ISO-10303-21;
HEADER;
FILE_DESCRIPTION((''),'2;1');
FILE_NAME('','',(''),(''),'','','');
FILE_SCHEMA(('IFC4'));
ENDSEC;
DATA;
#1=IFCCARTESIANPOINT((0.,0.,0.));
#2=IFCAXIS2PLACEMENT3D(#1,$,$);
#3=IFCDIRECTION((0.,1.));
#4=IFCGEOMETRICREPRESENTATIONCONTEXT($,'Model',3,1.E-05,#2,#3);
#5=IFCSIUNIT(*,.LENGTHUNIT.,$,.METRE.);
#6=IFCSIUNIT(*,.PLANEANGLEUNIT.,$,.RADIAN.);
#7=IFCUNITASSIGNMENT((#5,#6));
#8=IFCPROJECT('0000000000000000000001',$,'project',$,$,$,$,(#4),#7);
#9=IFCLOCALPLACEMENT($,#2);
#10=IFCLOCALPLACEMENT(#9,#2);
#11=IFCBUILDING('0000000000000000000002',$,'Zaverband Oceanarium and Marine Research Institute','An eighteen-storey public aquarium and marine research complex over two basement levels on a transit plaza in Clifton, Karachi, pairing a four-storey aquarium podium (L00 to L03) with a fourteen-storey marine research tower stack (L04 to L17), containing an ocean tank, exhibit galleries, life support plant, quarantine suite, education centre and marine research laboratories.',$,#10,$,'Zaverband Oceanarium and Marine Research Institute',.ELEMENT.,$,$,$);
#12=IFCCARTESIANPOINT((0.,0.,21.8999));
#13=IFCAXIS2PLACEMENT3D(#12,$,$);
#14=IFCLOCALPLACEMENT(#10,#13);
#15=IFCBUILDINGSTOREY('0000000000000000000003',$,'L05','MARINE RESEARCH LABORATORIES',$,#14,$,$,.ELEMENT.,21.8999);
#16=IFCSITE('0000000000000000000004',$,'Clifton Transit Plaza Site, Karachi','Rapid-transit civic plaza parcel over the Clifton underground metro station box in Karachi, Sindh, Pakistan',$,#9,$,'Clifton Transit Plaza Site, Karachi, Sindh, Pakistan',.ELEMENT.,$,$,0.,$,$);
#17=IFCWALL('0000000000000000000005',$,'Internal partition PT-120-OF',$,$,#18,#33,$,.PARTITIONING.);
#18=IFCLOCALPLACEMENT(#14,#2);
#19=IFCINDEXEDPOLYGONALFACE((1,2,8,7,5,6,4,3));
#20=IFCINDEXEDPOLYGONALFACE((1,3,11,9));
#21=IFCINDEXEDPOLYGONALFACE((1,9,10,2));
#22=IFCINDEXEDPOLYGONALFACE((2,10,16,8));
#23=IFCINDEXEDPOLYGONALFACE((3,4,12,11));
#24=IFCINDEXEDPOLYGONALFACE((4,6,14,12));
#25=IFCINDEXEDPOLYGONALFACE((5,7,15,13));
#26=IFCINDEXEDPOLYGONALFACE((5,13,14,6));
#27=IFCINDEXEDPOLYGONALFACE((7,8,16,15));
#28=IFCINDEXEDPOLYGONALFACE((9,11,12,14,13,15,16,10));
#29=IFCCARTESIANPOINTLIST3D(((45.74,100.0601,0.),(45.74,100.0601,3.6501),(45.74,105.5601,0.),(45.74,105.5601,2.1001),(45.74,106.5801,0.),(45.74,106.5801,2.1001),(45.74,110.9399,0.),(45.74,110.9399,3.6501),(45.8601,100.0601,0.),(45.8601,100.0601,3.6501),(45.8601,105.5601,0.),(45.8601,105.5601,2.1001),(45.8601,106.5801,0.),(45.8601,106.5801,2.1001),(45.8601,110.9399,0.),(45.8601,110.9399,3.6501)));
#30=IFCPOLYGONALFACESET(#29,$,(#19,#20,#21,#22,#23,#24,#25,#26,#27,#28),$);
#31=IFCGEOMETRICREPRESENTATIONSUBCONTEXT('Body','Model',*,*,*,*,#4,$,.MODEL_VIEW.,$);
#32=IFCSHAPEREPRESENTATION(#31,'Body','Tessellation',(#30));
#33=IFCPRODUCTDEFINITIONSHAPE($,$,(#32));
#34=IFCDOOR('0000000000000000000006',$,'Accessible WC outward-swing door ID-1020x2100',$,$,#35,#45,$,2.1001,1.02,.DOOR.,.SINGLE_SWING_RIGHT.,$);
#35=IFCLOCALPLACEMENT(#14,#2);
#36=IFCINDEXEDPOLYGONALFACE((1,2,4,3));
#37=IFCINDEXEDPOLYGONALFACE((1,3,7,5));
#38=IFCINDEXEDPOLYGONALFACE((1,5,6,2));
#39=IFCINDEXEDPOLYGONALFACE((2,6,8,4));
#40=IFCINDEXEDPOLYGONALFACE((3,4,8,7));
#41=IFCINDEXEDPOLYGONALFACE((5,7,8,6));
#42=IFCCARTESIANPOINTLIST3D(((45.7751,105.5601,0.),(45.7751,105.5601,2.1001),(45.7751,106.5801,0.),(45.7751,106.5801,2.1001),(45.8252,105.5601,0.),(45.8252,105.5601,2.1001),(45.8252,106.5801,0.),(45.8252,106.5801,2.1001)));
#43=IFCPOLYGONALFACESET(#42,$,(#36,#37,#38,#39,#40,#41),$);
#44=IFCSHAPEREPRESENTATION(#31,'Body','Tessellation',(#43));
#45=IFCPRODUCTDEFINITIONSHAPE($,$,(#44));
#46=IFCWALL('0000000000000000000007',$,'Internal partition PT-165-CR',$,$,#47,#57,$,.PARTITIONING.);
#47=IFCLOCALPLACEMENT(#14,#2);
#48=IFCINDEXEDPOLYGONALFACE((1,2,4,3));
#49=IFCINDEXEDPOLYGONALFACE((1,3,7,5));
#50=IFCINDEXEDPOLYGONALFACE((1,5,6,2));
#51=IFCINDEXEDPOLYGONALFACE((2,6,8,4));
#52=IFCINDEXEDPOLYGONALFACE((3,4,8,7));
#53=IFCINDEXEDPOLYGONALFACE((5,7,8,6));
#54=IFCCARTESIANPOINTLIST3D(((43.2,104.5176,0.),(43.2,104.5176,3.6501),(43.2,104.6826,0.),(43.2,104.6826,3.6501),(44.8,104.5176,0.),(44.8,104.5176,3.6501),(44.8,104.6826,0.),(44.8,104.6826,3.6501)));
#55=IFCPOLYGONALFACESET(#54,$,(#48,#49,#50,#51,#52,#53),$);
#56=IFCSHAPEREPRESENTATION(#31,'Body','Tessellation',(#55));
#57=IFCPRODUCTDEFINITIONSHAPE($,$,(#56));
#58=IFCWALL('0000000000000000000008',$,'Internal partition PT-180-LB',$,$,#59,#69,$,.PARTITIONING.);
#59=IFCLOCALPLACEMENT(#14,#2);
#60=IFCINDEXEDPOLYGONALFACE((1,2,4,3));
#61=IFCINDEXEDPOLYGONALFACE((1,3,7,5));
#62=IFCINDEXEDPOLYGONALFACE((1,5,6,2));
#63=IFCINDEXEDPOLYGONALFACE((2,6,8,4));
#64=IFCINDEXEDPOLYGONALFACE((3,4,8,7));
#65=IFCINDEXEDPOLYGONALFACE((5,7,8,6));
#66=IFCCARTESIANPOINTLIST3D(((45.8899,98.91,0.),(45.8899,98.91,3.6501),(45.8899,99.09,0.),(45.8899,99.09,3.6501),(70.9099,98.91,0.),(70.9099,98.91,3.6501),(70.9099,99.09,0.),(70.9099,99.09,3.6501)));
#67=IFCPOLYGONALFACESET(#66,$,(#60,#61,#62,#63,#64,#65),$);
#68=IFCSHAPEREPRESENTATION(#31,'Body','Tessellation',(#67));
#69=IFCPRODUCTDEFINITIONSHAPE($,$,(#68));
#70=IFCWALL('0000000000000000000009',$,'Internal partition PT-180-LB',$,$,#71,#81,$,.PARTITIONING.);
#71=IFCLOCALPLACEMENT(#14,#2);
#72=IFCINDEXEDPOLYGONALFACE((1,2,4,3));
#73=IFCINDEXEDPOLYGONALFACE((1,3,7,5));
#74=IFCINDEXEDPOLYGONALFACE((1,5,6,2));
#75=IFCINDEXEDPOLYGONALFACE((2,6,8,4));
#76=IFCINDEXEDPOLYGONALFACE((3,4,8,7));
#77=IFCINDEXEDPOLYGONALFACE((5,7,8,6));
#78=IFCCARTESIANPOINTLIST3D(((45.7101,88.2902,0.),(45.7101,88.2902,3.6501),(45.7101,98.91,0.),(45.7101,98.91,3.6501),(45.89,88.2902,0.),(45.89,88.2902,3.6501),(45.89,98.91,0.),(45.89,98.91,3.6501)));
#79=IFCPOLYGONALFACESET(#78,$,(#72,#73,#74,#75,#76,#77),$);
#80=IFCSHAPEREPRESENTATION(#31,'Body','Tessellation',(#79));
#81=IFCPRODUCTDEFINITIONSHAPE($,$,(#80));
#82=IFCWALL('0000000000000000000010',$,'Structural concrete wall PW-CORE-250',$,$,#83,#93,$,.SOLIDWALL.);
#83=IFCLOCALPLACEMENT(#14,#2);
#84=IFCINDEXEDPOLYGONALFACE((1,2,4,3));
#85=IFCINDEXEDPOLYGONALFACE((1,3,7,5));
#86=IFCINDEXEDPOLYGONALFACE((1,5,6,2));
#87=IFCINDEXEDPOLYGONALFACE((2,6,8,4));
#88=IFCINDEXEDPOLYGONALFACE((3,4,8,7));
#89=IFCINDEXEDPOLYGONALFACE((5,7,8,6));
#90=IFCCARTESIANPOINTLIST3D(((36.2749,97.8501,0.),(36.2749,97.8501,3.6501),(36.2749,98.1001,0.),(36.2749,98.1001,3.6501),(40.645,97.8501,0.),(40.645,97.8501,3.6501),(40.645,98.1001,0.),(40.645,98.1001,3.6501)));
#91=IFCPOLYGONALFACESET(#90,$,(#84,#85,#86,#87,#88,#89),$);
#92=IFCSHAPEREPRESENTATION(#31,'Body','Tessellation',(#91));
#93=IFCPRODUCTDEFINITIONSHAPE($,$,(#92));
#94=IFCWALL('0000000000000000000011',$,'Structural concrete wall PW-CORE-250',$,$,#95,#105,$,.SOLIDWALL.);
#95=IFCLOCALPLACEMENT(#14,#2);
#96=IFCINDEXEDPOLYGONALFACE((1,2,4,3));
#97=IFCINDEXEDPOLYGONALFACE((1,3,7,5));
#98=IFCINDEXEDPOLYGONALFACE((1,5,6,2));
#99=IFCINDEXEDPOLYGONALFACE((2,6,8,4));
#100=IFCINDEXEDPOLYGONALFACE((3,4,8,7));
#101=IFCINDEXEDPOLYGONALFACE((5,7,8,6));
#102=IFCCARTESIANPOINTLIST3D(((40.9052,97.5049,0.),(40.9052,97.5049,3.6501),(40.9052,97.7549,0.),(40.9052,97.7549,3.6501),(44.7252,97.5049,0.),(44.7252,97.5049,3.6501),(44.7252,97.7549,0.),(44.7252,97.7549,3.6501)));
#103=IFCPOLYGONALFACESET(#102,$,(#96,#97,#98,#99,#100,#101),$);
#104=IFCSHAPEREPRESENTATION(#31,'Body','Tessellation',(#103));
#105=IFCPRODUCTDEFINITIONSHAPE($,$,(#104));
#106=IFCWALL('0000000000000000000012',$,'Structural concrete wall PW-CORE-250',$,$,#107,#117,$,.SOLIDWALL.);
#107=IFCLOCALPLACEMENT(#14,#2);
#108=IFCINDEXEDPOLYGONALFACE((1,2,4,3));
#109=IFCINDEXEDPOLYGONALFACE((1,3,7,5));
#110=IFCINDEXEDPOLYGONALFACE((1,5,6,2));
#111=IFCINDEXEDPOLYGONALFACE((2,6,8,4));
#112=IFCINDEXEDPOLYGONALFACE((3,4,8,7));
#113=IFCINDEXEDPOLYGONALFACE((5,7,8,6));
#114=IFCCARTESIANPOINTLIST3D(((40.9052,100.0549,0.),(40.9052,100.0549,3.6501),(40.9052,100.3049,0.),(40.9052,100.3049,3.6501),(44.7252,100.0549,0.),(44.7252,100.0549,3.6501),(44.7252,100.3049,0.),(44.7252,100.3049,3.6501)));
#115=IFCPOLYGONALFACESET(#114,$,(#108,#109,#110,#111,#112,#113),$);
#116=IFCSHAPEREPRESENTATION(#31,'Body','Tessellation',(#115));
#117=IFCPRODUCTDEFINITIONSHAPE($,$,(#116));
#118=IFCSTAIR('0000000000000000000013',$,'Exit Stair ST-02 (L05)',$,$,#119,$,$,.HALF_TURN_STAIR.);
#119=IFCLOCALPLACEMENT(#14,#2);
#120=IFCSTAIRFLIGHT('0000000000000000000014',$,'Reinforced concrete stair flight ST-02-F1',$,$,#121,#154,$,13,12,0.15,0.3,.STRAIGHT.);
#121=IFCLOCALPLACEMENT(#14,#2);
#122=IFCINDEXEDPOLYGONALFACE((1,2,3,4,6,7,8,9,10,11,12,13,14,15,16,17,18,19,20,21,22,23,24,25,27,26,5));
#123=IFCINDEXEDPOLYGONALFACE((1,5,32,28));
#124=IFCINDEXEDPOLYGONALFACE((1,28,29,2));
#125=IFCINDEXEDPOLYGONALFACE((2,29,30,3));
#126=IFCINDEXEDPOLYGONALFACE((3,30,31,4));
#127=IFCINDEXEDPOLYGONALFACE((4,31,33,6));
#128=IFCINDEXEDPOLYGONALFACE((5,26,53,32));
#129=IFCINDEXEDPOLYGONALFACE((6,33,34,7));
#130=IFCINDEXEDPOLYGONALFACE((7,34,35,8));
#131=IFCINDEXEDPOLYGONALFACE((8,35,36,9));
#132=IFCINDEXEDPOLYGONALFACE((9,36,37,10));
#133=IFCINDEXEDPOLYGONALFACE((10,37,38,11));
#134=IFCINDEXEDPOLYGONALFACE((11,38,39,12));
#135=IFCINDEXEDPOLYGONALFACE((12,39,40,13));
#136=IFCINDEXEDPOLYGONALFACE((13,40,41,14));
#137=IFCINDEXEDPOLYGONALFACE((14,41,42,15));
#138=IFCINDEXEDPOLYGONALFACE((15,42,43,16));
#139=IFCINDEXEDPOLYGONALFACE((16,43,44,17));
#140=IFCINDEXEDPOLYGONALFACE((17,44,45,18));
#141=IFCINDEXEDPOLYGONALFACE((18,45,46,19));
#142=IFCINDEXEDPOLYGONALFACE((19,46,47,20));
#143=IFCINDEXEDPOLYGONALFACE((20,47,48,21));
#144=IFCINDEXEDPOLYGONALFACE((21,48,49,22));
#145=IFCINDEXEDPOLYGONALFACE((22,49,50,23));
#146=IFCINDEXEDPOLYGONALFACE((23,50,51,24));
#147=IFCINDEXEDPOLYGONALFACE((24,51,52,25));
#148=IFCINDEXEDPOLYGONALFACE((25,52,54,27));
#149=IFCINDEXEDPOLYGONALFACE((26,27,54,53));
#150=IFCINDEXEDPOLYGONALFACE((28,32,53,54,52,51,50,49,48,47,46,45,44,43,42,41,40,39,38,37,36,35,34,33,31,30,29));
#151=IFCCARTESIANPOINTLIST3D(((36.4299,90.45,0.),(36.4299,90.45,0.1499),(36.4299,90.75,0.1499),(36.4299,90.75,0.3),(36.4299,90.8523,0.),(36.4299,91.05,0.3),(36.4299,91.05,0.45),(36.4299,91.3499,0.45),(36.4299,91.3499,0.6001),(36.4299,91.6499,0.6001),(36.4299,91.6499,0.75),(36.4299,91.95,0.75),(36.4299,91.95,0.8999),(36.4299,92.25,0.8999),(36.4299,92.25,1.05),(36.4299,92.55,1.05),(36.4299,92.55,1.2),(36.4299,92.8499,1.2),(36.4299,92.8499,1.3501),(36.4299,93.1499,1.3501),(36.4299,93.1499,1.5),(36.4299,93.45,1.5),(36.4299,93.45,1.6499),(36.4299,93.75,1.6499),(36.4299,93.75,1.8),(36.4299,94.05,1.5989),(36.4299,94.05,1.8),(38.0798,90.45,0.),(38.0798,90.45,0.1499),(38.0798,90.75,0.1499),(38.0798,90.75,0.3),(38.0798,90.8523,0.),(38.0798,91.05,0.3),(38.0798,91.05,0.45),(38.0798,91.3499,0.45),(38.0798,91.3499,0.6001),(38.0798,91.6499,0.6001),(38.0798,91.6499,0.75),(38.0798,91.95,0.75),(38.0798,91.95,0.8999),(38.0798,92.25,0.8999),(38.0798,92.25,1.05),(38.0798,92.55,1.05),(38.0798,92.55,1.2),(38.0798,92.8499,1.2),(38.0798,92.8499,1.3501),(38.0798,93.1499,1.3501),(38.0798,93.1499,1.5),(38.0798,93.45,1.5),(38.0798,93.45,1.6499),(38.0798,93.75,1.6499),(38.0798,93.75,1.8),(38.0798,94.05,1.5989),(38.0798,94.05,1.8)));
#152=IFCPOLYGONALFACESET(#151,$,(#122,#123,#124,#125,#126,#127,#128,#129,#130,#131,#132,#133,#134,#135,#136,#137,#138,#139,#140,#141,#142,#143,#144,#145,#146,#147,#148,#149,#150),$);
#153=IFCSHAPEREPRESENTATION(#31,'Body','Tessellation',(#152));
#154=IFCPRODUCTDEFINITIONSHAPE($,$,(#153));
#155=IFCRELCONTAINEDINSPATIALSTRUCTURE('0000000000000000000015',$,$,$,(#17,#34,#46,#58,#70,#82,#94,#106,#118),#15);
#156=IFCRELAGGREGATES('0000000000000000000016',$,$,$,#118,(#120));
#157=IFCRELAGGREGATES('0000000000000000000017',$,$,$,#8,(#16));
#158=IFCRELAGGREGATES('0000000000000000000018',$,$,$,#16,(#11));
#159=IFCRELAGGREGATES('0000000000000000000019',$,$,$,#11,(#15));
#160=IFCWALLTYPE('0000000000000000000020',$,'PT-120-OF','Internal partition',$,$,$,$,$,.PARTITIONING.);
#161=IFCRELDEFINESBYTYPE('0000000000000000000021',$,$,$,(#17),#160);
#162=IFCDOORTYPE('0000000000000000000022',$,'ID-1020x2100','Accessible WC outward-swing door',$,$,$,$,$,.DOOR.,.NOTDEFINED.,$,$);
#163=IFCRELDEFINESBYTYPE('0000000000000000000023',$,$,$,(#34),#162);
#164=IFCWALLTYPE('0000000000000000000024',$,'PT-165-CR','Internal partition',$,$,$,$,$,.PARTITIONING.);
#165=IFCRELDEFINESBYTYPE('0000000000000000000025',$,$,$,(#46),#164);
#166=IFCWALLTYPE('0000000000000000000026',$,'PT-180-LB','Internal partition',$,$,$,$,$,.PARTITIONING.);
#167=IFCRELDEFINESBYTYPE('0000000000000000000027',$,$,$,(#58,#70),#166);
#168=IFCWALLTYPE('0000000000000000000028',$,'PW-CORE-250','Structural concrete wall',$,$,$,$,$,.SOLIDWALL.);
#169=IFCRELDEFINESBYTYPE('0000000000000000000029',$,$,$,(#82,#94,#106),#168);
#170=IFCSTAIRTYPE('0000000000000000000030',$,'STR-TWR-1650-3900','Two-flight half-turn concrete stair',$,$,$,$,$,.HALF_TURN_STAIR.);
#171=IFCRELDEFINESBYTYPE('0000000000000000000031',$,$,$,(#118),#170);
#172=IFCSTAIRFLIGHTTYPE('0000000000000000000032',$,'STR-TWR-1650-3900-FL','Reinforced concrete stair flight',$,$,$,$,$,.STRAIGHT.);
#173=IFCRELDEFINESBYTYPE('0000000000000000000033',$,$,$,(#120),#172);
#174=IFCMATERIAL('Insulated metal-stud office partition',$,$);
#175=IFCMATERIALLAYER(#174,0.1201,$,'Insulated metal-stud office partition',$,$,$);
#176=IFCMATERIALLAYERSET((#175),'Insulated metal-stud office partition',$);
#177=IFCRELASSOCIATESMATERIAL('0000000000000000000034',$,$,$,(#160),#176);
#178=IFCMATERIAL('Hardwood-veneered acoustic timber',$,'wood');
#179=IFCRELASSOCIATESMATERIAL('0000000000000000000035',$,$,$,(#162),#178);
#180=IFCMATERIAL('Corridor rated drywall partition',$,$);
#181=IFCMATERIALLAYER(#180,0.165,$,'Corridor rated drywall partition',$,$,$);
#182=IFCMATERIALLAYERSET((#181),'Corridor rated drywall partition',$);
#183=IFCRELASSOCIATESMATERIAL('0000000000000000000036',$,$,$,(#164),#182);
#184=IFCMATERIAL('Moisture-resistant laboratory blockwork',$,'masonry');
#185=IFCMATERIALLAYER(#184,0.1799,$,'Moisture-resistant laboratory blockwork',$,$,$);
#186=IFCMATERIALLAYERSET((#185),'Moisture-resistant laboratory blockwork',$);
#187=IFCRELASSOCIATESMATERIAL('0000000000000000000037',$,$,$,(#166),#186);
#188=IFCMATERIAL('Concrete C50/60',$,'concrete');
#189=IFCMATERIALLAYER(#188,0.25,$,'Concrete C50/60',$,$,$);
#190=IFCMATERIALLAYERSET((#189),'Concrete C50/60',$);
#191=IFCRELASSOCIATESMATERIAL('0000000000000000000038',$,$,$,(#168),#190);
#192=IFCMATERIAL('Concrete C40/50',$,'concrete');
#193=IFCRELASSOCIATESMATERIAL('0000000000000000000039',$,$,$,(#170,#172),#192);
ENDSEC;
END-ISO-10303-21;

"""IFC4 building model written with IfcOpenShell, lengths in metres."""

from ifc_helpers import new_model, si_unit, direction, frame, frame_2d, origin, place, context, subcontext, project, spatial, polyline, rectangle, outline, extrude, material, layer, layer_set, type_object, element, fill, aggregate, save


model = new_model("IFC4")

# Units and contexts
model_context = context("Model", 3, precision=1e-05, world=origin(), true_north=direction((0.0, 1.0)))
body_context = subcontext(model_context, "Body", "Model", "MODEL_VIEW")
ifc_project = project(units=[si_unit("LENGTHUNIT", "METRE"), si_unit("PLANEANGLEUNIT", "RADIAN")], contexts=[model_context])

# Site, building, storey
site_placement = place(None, origin())
site = spatial("IfcSite", under=ifc_project, at=site_placement, Name="Clifton Transit Plaza Site, Karachi", Description="Rapid-transit civic plaza parcel over the Clifton underground metro station box in Karachi, Sindh, Pakistan", LongName="Clifton Transit Plaza Site, Karachi, Sindh, Pakistan", CompositionType="ELEMENT", RefElevation=0.0)
building_placement = place(site_placement, origin())
building = spatial("IfcBuilding", under=site, at=building_placement, Name="Zaverband Oceanarium and Marine Research Institute", Description="An eighteen-storey public aquarium and marine research complex over two basement levels on a transit plaza in Clifton, Karachi, pairing a four-storey aquarium podium (L00 to L03) with a fourteen-storey marine research tower stack (L04 to L17), containing an ocean tank, exhibit galleries, life support plant, quarantine suite, education centre and marine research laboratories.", LongName="Zaverband Oceanarium and Marine Research Institute", CompositionType="ELEMENT")
storey_placement = place(building_placement, frame((0.0, 0.0, 21.8999)))
storey = spatial("IfcBuildingStorey", under=building, at=storey_placement, Name="L05", Description="MARINE RESEARCH LABORATORIES", CompositionType="ELEMENT", Elevation=21.8999)

# Shared definitions
ifc_material_1 = material(Name="Concrete C50/60", Category="concrete")

# Shared definitions
ifc_material_2 = material(Name="Concrete C40/50", Category="concrete")

# Shared definitions
ifc_material_3 = material(Name="Insulated metal-stud office partition")
ifc_layer_1 = layer(ifc_material_3, 0.1201, Name="Insulated metal-stud office partition")
ifc_layer_set_1 = layer_set([ifc_layer_1], Name="Insulated metal-stud office partition")
wall_type_1 = type_object("IfcWallType", Name="PT-120-OF", Description="Internal partition", PredefinedType="PARTITIONING", material=ifc_layer_set_1)

# Wall, opening, door
wall_1_placement = place(storey_placement, frame((45.8, 100.0601, 0.0), z_axis=(0.0, 0.0, 1.0), x_axis=(0.0, 1.0, 0.0)))
wall_1 = element("IfcWall", 1, at=wall_1_placement, inside=storey, type_object=wall_type_1, Name="Internal partition PT-120-OF", PredefinedType="PARTITIONING", context=body_context, shape_type="SweptSolid", body=[
    extrude(rectangle(XDim=10.8799, YDim=0.1201, at=frame_2d((5.4399, 0.0))), origin(), (0.0, 0.0, 1.0), 3.6501),
])
opening_1_placement = place(wall_1_placement, frame((5.5, 0.0, 0.0)))
opening_1 = element("IfcOpeningElement", 2, at=opening_1_placement, cuts=wall_1, PredefinedType="OPENING", context=body_context, shape_type="SweptSolid", body=[
    extrude(rectangle(XDim=1.02, YDim=2.1001, at=frame_2d((0.51, 1.05))), frame((0.0, 0.072, 0.0), z_axis=(0.0, -1.0, 0.0), x_axis=(1.0, 0.0, 0.0)), (0.0, 0.0, 1.0), 0.144),
])
ifc_material_4 = material(Name="Hardwood-veneered acoustic timber", Category="wood")
door_type_1 = type_object("IfcDoorType", Name="ID-1020x2100", Description="Accessible WC outward-swing door", OperationType="NOTDEFINED", PredefinedType="DOOR", material=ifc_material_4)
door_1_placement = place(opening_1_placement, origin())
door_1 = element("IfcDoor", 3, at=door_1_placement, inside=storey, type_object=door_type_1, Name="Accessible WC outward-swing door ID-1020x2100", OperationType="SINGLE_SWING_RIGHT", OverallHeight=2.1001, OverallWidth=1.02, PredefinedType="DOOR", context=body_context, shape_type="SweptSolid", body=[
    extrude(rectangle(XDim=1.02, YDim=2.1001, at=frame_2d((0.51, 1.05))), frame((0.0, 0.0249, 0.0), z_axis=(0.0, -1.0, 0.0), x_axis=(1.0, 0.0, 0.0)), (0.0, 0.0, 1.0), 0.05),
])
fill(opening_1, door_1)

# Walls
ifc_material_5 = material(Name="Corridor rated drywall partition")
ifc_layer_2 = layer(ifc_material_5, 0.165, Name="Corridor rated drywall partition")
ifc_layer_set_2 = layer_set([ifc_layer_2], Name="Corridor rated drywall partition")
wall_type_2 = type_object("IfcWallType", Name="PT-165-CR", Description="Internal partition", PredefinedType="PARTITIONING", material=ifc_layer_set_2)
wall_2_placement = place(storey_placement, frame((43.2, 104.6001, 0.0), z_axis=(0.0, 0.0, 1.0), x_axis=(1.0, 0.0, 0.0)))
element("IfcWall", 4, at=wall_2_placement, inside=storey, type_object=wall_type_2, Name="Internal partition PT-165-CR", PredefinedType="PARTITIONING", context=body_context, shape_type="SweptSolid", body=[
    extrude(rectangle(XDim=1.6001, YDim=0.165, at=frame_2d((0.8, 0.0))), origin(), (0.0, 0.0, 1.0), 3.6501),
])
ifc_material_6 = material(Name="Moisture-resistant laboratory blockwork", Category="masonry")
ifc_layer_3 = layer(ifc_material_6, 0.1799, Name="Moisture-resistant laboratory blockwork")
ifc_layer_set_3 = layer_set([ifc_layer_3], Name="Moisture-resistant laboratory blockwork")
wall_type_3 = type_object("IfcWallType", Name="PT-180-LB", Description="Internal partition", PredefinedType="PARTITIONING", material=ifc_layer_set_3)
wall_3_placement = place(storey_placement, frame((45.8899, 99.0, 0.0), z_axis=(0.0, 0.0, 1.0), x_axis=(1.0, 0.0, 0.0)))
element("IfcWall", 5, at=wall_3_placement, inside=storey, type_object=wall_type_3, Name="Internal partition PT-180-LB", PredefinedType="PARTITIONING", context=body_context, shape_type="SweptSolid", body=[
    extrude(rectangle(XDim=25.02, YDim=0.1799, at=frame_2d((12.51, 0.0))), origin(), (0.0, 0.0, 1.0), 3.6501),
])
wall_4_placement = place(storey_placement, frame((45.8, 88.29, 0.0), z_axis=(0.0, 0.0, 1.0), x_axis=(0.0, 1.0, 0.0)))
element("IfcWall", 6, at=wall_4_placement, inside=storey, type_object=wall_type_3, Name="Internal partition PT-180-LB", PredefinedType="PARTITIONING", context=body_context, shape_type="SweptSolid", body=[
    extrude(rectangle(XDim=10.6199, YDim=0.1799, at=frame_2d((5.3101, 0.0))), origin(), (0.0, 0.0, 1.0), 3.6501),
])
ifc_layer_4 = layer(ifc_material_1, 0.25, Name="Concrete C50/60")
ifc_layer_set_4 = layer_set([ifc_layer_4], Name="Concrete C50/60")
wall_type_4 = type_object("IfcWallType", Name="PW-CORE-250", Description="Structural concrete wall", PredefinedType="SOLIDWALL", material=ifc_layer_set_4)
wall_5_placement = place(storey_placement, frame((36.2749, 97.9751, 0.0), z_axis=(0.0, 0.0, 1.0), x_axis=(1.0, 0.0, 0.0)))
element("IfcWall", 7, at=wall_5_placement, inside=storey, type_object=wall_type_4, Name="Structural concrete wall PW-CORE-250", PredefinedType="SOLIDWALL", context=body_context, shape_type="SweptSolid", body=[
    extrude(rectangle(XDim=4.3701, YDim=0.25, at=frame_2d((2.1851, 0.0))), origin(), (0.0, 0.0, 1.0), 3.6501),
])

# Walls
for number, where, z_axis, x_axis, name in (
    (8, (40.905, 97.6299, 0.0), (0.0, 0.0, 1.0), (1.0, 0.0, 0.0), "Structural concrete wall PW-CORE-250"),
    (9, (40.905, 100.1799, 0.0), (0.0, 0.0, 1.0), (1.0, 0.0, 0.0), "Structural concrete wall PW-CORE-250"),
):
    element("IfcWall", number, at=place(storey_placement, frame(where, z_axis=z_axis, x_axis=x_axis)), inside=storey, type_object=wall_type_4, Name=name, PredefinedType="SOLIDWALL", context=body_context, shape_type="SweptSolid", body=[
        extrude(rectangle(XDim=3.8201, YDim=0.25, at=frame_2d((1.9102, 0.0))), origin(), (0.0, 0.0, 1.0), 3.6501),
    ])

# Stair, stair flight
stair_type = type_object("IfcStairType", Name="STR-TWR-1650-3900", Description="Two-flight half-turn concrete stair", PredefinedType="HALF_TURN_STAIR", material=ifc_material_2)
stair_placement = place(storey_placement, origin())
stair = element("IfcStair", 10, at=stair_placement, inside=storey, type_object=stair_type, Name="Exit Stair ST-02 (L05)", PredefinedType="HALF_TURN_STAIR")
stair_flight_type = type_object("IfcStairFlightType", Name="STR-TWR-1650-3900-FL", Description="Reinforced concrete stair flight", PredefinedType="STRAIGHT", material=ifc_material_2)
stair_flight_1_placement = place(storey_placement, frame((37.2549, 90.45, 0.0), z_axis=(0.0, 0.0, 1.0), x_axis=(0.0, 1.0, 0.0)))
stair_flight_1 = element("IfcStairFlight", 11, at=stair_flight_1_placement, type_object=stair_flight_type, Name="Reinforced concrete stair flight ST-02-F1", NumberOfRisers=13, NumberOfTreads=12, PredefinedType="STRAIGHT", RiserHeight=0.15, TreadLength=0.3, context=body_context, shape_type="SweptSolid", body=[
    extrude(outline(polyline([(0.0, 0.0), (0.0, 0.1499), (0.3, 0.1499), (0.3, 0.3), (0.6001, 0.3), (0.6001, 0.45), (0.8999, 0.45), (0.8999, 0.6001), (1.2, 0.6001), (1.2, 0.75), (1.5, 0.75), (1.5, 0.8999), (1.8, 0.8999), (1.8, 1.05), (2.1001, 1.05), (2.1001, 1.2), (2.3999, 1.2), (2.3999, 1.3501), (2.7, 1.3501), (2.7, 1.5), (3.0, 1.5), (3.0, 1.6499), (3.3, 1.6499), (3.3, 1.8), (3.6001, 1.8), (3.6001, 1.95), (3.6001, 1.5989), (0.4023, 0.0), (0.0, 0.0)])), frame((0.0, 0.825, 0.0), z_axis=(0.0, -1.0, 0.0), x_axis=(1.0, 0.0, 0.0)), (0.0, 0.0, 1.0), 1.6499),
])
aggregate(stair, [stair_flight_1])

save(model, "model.ifc")
